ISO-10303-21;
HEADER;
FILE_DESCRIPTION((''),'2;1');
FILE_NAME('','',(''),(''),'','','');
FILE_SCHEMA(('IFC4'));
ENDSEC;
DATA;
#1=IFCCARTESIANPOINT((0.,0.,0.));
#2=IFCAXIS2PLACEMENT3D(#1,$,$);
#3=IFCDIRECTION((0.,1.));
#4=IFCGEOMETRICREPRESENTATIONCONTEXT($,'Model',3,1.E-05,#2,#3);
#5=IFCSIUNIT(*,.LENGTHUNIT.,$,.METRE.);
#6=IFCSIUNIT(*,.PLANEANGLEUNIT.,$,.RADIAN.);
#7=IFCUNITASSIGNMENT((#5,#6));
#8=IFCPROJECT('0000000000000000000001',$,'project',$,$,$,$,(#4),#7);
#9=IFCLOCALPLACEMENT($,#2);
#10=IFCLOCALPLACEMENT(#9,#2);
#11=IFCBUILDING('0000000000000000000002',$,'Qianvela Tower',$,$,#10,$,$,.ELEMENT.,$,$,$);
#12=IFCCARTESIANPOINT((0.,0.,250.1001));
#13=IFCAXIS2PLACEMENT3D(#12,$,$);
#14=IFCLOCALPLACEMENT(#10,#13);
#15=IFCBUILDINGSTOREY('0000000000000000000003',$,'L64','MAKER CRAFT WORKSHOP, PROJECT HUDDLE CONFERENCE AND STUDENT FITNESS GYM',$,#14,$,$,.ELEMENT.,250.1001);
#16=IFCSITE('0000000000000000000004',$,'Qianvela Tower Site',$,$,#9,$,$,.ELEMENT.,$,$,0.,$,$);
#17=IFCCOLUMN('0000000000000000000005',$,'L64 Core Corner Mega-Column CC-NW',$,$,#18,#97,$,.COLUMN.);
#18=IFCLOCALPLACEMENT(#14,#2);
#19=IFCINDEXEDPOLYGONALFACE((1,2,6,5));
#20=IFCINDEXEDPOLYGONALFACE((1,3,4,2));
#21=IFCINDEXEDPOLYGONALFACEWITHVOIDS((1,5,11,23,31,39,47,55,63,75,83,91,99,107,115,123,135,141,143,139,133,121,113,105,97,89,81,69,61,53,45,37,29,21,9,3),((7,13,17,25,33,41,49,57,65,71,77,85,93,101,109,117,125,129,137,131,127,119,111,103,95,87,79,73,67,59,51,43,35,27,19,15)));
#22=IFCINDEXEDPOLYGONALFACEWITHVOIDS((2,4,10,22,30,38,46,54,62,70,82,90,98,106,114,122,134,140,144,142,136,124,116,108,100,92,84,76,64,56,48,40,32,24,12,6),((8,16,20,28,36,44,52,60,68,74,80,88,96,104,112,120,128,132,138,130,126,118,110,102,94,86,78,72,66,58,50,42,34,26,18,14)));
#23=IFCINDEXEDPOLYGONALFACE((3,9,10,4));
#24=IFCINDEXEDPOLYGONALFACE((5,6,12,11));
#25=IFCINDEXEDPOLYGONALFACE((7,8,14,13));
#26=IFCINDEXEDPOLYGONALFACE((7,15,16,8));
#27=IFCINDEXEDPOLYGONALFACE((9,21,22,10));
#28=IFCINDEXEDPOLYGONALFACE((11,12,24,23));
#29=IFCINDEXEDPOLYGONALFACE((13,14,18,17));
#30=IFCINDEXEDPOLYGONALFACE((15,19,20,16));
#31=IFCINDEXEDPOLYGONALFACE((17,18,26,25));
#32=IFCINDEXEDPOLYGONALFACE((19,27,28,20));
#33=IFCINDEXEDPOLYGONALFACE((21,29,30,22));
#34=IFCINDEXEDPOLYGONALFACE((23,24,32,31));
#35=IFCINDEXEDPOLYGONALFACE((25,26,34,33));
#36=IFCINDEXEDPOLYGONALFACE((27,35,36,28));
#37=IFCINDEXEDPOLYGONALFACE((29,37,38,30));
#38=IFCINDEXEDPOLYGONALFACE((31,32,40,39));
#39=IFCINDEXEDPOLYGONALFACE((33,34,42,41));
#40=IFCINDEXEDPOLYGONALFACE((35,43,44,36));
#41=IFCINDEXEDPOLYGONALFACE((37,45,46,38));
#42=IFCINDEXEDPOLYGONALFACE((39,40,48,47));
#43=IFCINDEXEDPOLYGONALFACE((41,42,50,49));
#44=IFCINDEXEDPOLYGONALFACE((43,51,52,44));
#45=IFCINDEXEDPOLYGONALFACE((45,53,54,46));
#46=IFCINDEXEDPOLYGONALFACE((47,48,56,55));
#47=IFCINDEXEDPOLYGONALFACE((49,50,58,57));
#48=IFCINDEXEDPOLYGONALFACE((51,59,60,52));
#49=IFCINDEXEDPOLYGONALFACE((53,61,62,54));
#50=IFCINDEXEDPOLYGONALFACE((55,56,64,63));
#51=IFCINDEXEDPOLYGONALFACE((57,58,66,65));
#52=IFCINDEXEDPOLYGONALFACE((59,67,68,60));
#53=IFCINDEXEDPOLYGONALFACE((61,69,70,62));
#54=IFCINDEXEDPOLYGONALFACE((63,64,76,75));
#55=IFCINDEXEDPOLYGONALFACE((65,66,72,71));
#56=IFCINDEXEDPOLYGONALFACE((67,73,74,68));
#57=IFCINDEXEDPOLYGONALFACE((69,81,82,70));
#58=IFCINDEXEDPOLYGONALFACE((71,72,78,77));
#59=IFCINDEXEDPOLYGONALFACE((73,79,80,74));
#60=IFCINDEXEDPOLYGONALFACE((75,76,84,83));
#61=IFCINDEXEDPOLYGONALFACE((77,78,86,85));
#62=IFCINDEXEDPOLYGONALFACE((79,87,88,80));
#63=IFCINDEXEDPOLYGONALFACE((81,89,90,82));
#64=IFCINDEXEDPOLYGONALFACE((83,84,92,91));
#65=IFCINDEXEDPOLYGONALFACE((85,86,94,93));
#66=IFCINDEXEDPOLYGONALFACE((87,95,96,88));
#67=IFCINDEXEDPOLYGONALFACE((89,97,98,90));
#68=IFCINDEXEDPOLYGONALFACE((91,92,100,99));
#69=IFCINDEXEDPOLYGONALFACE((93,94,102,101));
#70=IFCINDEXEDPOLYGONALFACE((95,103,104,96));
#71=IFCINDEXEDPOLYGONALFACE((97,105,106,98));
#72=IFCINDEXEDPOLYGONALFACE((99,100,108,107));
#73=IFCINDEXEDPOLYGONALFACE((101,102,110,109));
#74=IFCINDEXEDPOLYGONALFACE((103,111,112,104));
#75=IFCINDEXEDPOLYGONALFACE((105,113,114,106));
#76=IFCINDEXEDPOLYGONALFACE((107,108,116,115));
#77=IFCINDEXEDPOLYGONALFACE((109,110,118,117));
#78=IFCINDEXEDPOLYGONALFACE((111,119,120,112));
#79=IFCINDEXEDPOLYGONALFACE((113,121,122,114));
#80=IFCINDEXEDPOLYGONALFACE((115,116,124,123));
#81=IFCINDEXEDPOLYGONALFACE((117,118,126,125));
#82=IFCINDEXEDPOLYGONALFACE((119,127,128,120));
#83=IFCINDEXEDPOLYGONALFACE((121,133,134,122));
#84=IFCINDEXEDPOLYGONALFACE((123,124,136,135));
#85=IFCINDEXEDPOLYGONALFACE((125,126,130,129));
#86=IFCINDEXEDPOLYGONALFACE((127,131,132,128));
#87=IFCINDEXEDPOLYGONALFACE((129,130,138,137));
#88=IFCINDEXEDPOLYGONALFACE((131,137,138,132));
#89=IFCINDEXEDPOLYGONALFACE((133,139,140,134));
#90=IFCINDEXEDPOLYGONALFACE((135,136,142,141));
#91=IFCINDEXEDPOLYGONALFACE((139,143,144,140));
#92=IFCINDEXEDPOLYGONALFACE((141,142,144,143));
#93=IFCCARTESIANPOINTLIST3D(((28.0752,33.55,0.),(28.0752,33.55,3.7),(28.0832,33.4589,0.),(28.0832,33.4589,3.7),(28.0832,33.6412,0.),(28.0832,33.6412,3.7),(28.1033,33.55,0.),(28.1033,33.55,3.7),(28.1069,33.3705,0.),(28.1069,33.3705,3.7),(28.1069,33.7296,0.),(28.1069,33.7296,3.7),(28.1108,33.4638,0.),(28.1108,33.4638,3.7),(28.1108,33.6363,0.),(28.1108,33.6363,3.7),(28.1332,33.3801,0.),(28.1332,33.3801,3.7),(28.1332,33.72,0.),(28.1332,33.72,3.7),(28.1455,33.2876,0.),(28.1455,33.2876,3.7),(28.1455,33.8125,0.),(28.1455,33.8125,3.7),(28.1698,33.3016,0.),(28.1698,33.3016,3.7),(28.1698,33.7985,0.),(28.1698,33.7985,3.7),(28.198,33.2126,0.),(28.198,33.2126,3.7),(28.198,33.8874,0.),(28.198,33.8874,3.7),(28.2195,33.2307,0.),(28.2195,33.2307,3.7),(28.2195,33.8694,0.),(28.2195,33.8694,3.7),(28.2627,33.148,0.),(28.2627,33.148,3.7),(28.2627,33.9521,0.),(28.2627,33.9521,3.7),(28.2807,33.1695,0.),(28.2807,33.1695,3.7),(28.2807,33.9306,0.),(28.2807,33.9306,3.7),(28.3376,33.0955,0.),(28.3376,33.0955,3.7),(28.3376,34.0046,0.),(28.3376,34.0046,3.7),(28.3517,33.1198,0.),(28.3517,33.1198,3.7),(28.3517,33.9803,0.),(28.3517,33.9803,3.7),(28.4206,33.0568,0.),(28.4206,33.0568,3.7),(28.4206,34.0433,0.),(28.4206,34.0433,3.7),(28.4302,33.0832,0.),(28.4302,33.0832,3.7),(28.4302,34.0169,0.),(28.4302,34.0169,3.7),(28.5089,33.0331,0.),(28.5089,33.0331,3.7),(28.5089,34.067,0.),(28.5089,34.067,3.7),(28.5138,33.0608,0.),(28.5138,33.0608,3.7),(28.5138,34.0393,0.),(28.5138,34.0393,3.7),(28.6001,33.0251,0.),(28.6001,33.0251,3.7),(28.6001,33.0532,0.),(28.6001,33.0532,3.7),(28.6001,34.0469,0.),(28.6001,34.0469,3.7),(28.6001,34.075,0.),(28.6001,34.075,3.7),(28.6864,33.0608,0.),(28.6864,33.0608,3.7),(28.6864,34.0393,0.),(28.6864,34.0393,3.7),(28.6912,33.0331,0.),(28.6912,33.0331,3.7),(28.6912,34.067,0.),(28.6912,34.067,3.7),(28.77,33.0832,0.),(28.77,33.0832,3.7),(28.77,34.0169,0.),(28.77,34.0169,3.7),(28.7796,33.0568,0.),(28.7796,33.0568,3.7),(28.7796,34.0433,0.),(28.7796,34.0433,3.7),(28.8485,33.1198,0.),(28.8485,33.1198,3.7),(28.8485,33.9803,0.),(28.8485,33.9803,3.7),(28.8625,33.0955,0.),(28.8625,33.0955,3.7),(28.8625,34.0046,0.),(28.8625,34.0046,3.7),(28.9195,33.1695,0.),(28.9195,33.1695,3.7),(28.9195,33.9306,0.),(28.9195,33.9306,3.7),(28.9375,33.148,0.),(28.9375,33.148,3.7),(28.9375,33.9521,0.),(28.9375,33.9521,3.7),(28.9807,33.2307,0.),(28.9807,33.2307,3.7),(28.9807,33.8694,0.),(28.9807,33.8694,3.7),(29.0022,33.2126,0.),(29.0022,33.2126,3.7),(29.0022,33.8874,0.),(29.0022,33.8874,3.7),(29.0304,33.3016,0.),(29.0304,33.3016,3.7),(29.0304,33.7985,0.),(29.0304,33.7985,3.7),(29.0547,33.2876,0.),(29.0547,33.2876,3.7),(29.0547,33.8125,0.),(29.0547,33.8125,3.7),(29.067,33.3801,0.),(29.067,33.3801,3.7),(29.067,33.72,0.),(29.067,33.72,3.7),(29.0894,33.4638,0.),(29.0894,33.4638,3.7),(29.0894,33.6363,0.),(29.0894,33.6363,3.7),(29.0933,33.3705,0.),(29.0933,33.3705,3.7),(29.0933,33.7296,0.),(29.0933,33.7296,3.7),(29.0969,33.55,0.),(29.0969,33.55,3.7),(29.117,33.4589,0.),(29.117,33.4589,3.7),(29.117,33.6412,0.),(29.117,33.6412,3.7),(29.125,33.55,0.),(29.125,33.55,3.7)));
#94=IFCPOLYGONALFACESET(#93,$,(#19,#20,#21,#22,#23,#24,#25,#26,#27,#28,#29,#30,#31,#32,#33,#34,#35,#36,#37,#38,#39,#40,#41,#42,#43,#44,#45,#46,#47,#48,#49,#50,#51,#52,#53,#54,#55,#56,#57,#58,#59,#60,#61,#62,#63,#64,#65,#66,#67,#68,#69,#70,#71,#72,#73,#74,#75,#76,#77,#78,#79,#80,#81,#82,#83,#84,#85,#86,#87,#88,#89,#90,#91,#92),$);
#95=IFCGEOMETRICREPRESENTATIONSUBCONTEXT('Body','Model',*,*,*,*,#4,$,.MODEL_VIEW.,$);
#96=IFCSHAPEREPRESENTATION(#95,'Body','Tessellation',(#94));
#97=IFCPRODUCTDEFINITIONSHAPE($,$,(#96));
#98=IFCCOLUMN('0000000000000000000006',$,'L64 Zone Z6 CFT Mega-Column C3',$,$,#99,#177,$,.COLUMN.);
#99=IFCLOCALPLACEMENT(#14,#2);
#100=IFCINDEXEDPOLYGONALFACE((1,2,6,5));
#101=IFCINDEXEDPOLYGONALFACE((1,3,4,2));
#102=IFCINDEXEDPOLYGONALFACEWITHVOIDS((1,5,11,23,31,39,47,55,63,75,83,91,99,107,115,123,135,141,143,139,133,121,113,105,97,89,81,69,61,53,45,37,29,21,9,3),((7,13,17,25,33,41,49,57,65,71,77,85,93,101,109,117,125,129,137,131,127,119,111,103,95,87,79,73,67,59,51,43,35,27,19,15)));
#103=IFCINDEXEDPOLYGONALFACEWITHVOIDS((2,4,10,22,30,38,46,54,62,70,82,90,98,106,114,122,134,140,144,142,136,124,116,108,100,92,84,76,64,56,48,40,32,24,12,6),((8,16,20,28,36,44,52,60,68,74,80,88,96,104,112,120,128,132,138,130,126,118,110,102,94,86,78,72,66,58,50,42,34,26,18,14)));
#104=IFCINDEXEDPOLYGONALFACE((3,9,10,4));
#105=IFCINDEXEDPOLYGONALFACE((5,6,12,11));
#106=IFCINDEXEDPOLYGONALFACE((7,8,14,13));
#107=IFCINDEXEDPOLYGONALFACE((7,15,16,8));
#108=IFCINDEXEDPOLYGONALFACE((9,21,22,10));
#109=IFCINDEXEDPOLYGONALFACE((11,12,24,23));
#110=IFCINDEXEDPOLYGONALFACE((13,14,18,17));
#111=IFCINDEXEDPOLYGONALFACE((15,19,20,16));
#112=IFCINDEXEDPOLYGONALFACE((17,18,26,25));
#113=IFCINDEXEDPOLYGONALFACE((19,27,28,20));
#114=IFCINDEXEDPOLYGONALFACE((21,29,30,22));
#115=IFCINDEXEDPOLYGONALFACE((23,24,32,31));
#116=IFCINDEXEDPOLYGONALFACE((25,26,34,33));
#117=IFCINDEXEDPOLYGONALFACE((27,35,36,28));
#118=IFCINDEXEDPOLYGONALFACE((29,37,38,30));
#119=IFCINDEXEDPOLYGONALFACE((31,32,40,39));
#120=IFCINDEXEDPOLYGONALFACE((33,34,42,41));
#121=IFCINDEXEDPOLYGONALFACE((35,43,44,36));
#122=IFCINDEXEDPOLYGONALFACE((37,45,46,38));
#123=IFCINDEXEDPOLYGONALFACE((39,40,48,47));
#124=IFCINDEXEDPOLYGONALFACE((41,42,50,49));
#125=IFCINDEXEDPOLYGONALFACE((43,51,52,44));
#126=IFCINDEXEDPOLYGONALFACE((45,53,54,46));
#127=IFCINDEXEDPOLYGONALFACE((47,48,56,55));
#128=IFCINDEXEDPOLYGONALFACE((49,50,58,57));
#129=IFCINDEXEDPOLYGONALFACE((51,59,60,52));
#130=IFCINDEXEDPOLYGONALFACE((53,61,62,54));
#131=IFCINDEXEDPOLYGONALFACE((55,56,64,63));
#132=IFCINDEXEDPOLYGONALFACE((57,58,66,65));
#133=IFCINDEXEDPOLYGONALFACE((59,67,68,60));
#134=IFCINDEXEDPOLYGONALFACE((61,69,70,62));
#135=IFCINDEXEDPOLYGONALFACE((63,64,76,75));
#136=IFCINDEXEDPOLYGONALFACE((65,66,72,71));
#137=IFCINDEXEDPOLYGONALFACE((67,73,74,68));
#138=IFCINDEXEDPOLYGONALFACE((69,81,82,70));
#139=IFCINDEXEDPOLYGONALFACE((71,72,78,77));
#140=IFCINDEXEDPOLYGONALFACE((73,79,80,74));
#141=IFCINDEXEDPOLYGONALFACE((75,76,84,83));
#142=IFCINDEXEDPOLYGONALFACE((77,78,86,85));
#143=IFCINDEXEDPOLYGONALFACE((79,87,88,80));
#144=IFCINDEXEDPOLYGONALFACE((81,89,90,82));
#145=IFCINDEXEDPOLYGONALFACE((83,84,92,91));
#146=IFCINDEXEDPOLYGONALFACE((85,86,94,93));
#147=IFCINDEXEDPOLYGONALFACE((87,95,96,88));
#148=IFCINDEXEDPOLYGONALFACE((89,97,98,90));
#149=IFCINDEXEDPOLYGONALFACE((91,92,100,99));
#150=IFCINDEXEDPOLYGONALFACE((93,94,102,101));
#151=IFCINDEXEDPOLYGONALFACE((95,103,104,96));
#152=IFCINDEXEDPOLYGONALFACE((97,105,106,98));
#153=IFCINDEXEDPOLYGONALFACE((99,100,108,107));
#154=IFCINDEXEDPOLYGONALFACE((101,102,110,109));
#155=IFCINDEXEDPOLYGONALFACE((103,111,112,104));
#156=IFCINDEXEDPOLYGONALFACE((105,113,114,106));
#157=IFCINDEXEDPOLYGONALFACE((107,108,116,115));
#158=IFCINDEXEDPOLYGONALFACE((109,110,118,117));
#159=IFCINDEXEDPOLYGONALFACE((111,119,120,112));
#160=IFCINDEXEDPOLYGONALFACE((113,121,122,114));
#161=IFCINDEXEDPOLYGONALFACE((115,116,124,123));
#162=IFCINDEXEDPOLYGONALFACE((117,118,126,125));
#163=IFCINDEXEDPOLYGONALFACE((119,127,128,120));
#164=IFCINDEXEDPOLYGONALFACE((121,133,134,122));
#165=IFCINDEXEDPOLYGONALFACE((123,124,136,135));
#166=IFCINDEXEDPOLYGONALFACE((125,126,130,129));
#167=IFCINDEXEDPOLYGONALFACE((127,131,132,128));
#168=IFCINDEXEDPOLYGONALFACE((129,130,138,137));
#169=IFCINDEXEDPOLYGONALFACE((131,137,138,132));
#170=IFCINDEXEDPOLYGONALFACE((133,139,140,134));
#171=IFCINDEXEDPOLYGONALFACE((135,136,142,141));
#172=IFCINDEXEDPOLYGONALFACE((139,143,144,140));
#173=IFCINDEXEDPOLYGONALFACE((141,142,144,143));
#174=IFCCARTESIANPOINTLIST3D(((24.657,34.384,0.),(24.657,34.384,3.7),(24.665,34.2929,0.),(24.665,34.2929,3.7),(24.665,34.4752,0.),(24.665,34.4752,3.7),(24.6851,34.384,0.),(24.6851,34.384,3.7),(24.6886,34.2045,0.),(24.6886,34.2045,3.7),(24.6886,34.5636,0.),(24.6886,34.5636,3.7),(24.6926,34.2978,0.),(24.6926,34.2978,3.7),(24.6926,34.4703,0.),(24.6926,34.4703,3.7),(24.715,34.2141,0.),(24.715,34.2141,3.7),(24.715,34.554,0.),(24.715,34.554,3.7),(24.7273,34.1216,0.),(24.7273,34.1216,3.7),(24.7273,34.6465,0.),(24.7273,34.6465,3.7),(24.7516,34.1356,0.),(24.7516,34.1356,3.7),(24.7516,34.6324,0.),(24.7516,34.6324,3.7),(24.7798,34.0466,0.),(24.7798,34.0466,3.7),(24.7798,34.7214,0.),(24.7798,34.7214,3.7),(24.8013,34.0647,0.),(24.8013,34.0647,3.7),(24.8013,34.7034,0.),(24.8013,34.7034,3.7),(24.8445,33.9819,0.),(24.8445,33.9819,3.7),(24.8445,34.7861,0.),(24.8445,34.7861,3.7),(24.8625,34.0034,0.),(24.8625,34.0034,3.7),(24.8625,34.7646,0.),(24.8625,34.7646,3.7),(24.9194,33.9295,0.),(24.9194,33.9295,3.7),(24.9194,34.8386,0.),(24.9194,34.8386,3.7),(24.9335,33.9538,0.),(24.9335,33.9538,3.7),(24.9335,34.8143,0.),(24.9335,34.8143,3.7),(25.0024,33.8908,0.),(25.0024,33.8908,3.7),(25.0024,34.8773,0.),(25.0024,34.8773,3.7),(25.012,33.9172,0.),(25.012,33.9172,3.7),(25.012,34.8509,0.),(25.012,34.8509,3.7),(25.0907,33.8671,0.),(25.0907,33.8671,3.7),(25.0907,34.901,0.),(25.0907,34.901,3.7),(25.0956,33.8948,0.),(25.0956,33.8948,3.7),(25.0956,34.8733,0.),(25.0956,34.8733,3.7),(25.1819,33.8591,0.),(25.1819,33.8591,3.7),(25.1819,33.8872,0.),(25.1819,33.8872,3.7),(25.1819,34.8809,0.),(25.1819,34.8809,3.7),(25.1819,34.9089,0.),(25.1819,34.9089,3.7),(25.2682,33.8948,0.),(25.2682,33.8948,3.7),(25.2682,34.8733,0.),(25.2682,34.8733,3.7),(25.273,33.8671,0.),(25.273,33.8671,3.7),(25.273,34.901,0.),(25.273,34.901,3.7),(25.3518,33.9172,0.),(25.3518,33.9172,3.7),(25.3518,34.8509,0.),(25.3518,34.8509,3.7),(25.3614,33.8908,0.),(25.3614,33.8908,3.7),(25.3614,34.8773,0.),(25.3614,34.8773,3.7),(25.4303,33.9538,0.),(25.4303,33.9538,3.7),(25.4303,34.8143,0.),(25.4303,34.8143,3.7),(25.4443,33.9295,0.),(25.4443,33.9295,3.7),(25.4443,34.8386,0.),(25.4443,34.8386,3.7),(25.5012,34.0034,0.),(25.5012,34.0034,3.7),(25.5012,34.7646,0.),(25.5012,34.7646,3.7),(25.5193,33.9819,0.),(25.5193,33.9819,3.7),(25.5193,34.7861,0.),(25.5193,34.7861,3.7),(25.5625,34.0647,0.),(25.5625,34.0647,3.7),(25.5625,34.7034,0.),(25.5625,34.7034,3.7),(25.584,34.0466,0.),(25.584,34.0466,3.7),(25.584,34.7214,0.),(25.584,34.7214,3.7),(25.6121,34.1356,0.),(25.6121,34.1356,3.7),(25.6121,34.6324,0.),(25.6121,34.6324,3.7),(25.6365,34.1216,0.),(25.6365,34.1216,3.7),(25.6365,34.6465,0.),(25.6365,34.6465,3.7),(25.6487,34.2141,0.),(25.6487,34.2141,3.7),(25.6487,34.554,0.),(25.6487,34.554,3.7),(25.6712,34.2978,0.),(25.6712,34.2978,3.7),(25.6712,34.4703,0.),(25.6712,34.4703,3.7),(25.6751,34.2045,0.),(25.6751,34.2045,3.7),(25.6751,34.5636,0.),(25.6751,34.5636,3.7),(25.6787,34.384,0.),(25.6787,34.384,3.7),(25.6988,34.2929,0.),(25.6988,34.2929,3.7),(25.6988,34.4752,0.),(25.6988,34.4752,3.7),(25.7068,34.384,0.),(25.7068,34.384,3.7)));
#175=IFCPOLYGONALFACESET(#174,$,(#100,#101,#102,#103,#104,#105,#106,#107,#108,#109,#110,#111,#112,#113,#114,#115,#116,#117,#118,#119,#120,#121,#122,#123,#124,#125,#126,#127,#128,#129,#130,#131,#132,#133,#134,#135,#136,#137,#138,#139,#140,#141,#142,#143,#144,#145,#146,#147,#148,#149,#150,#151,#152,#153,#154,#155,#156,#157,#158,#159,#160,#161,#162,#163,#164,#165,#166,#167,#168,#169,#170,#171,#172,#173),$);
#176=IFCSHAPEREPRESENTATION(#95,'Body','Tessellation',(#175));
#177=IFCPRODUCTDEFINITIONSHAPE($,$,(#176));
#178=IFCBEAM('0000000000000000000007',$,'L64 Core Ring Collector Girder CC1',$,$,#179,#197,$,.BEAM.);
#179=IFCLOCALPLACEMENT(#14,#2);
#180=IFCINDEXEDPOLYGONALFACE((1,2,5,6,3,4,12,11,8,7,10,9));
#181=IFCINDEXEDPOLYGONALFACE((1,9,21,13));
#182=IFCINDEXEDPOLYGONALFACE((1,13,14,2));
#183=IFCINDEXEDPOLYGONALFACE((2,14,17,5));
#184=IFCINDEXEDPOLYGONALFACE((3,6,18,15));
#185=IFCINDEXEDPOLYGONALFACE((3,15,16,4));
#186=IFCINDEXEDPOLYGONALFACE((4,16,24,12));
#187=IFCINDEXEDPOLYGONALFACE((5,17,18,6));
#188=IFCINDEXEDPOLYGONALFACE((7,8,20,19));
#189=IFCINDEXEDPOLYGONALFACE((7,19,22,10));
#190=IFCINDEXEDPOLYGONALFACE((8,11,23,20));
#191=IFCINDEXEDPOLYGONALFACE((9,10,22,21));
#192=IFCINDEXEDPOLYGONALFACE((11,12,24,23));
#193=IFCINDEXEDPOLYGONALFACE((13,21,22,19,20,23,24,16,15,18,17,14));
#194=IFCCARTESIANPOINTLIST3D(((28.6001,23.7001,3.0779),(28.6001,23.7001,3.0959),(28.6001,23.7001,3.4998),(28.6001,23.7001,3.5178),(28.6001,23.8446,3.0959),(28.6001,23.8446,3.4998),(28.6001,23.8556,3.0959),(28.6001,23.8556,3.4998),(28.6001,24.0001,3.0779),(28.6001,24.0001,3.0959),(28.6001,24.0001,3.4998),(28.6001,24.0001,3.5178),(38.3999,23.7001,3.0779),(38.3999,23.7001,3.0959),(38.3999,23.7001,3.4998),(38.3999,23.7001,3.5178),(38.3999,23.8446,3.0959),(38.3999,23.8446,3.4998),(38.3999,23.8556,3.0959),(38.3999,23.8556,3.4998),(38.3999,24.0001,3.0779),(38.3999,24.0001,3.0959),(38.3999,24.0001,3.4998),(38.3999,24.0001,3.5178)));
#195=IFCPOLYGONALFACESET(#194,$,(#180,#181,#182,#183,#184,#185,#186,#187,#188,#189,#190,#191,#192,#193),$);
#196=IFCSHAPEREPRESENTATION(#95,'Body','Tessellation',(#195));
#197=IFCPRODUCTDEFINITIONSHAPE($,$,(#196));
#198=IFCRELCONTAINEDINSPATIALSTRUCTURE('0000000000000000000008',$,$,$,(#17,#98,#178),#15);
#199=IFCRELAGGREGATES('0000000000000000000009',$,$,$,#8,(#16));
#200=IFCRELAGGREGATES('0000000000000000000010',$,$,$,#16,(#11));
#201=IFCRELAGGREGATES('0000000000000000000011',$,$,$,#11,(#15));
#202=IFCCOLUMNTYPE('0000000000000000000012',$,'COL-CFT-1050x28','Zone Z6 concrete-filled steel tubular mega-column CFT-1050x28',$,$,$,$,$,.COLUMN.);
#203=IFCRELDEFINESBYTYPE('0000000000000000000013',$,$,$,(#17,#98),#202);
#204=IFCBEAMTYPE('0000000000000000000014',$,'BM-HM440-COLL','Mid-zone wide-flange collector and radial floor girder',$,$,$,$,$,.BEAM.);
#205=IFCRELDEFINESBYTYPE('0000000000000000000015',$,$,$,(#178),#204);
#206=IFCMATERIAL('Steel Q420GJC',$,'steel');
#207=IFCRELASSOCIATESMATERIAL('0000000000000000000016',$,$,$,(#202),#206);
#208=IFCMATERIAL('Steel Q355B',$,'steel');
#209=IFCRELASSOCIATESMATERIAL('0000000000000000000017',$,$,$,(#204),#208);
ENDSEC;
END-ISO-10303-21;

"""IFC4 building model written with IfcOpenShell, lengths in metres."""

from ifc_helpers import new_model, si_unit, direction, frame, origin, origin_2d, place, context, subcontext, project, spatial, hollow_circle, i_section, extrude, material, material_profile, profile_set, type_object, element, save


model = new_model("IFC4")

# Units and contexts
model_context = context("Model", 3, precision=1e-05, world=origin(), true_north=direction((0.0, 1.0)))
body_context = subcontext(model_context, "Body", "Model", "MODEL_VIEW")
ifc_project = project(units=[si_unit("LENGTHUNIT", "METRE"), si_unit("PLANEANGLEUNIT", "RADIAN")], contexts=[model_context])

# Site, building, storey
site_placement = place(None, origin())
site = spatial("IfcSite", under=ifc_project, at=site_placement, Name="Qianvela Tower Site", CompositionType="ELEMENT", RefElevation=0.0)
building_placement = place(site_placement, origin())
building = spatial("IfcBuilding", under=site, at=building_placement, Name="Qianvela Tower", CompositionType="ELEMENT")
storey_placement = place(building_placement, frame((0.0, 0.0, 250.1001)))
storey = spatial("IfcBuildingStorey", under=building, at=storey_placement, Name="L64", Description="MAKER CRAFT WORKSHOP, PROJECT HUDDLE CONFERENCE AND STUDENT FITNESS GYM", CompositionType="ELEMENT", Elevation=250.1001)

# Columns
ifc_material_1 = material(Name="Steel Q420GJC", Category="steel")
ifc_material_profile_1 = material_profile(ifc_material_1, hollow_circle(Radius=0.5249, WallThickness=0.0281, at=origin_2d()), Name="CFT-1050x28")
ifc_profile_set_1 = profile_set([ifc_material_profile_1], Name="Steel Q420GJC")
column_type = type_object("IfcColumnType", Name="COL-CFT-1050x28", Description="Zone Z6 concrete-filled steel tubular mega-column CFT-1050x28", PredefinedType="COLUMN", material=ifc_profile_set_1)
for number, where, z_axis, x_axis, name in (
    (1, (28.6001, 33.55, 0.0), (0.0, 0.0, 1.0), (1.0, 0.0, 0.0), "L64 Core Corner Mega-Column CC-NW"),
    (2, (25.1819, 34.384, 0.0), (0.0, 0.0, 1.0), (1.0, 0.0, 0.0), "L64 Zone Z6 CFT Mega-Column C3"),
):
    element("IfcColumn", number, at=place(storey_placement, frame(where, z_axis=z_axis, x_axis=x_axis)), inside=storey, type_object=column_type, Name=name, PredefinedType="COLUMN", context=body_context, shape_type="SweptSolid", body=[
        extrude(hollow_circle(Radius=0.5249, WallThickness=0.0281, at=origin_2d()), origin(), (0.0, 0.0, 1.0), 3.7),
    ])

# Beam
ifc_material_2 = material(Name="Steel Q355B", Category="steel")
ifc_material_profile_2 = material_profile(ifc_material_2, i_section(OverallWidth=0.3, OverallDepth=0.4399, WebThickness=0.011, FlangeThickness=0.0181, at=origin_2d()), Name="HM440x300x11x18")
ifc_profile_set_2 = profile_set([ifc_material_profile_2], Name="Steel Q355B")
beam_type_1 = type_object("IfcBeamType", Name="BM-HM440-COLL", Description="Mid-zone wide-flange collector and radial floor girder", PredefinedType="BEAM", material=ifc_profile_set_2)
beam_1_placement = place(storey_placement, frame((28.6001, 23.8501, 3.2979), z_axis=(1.0, 0.0, 0.0), x_axis=(0.0, 1.0, 0.0)))
element("IfcBeam", 3, at=beam_1_placement, inside=storey, type_object=beam_type_1, Name="L64 Core Ring Collector Girder CC1", PredefinedType="BEAM", context=body_context, shape_type="SweptSolid", body=[
    extrude(i_section(OverallWidth=0.3, OverallDepth=0.4399, WebThickness=0.011, FlangeThickness=0.0181, at=origin_2d()), origin(), (0.0, 0.0, 1.0), 9.7998),
])

save(model, "model.ifc")
